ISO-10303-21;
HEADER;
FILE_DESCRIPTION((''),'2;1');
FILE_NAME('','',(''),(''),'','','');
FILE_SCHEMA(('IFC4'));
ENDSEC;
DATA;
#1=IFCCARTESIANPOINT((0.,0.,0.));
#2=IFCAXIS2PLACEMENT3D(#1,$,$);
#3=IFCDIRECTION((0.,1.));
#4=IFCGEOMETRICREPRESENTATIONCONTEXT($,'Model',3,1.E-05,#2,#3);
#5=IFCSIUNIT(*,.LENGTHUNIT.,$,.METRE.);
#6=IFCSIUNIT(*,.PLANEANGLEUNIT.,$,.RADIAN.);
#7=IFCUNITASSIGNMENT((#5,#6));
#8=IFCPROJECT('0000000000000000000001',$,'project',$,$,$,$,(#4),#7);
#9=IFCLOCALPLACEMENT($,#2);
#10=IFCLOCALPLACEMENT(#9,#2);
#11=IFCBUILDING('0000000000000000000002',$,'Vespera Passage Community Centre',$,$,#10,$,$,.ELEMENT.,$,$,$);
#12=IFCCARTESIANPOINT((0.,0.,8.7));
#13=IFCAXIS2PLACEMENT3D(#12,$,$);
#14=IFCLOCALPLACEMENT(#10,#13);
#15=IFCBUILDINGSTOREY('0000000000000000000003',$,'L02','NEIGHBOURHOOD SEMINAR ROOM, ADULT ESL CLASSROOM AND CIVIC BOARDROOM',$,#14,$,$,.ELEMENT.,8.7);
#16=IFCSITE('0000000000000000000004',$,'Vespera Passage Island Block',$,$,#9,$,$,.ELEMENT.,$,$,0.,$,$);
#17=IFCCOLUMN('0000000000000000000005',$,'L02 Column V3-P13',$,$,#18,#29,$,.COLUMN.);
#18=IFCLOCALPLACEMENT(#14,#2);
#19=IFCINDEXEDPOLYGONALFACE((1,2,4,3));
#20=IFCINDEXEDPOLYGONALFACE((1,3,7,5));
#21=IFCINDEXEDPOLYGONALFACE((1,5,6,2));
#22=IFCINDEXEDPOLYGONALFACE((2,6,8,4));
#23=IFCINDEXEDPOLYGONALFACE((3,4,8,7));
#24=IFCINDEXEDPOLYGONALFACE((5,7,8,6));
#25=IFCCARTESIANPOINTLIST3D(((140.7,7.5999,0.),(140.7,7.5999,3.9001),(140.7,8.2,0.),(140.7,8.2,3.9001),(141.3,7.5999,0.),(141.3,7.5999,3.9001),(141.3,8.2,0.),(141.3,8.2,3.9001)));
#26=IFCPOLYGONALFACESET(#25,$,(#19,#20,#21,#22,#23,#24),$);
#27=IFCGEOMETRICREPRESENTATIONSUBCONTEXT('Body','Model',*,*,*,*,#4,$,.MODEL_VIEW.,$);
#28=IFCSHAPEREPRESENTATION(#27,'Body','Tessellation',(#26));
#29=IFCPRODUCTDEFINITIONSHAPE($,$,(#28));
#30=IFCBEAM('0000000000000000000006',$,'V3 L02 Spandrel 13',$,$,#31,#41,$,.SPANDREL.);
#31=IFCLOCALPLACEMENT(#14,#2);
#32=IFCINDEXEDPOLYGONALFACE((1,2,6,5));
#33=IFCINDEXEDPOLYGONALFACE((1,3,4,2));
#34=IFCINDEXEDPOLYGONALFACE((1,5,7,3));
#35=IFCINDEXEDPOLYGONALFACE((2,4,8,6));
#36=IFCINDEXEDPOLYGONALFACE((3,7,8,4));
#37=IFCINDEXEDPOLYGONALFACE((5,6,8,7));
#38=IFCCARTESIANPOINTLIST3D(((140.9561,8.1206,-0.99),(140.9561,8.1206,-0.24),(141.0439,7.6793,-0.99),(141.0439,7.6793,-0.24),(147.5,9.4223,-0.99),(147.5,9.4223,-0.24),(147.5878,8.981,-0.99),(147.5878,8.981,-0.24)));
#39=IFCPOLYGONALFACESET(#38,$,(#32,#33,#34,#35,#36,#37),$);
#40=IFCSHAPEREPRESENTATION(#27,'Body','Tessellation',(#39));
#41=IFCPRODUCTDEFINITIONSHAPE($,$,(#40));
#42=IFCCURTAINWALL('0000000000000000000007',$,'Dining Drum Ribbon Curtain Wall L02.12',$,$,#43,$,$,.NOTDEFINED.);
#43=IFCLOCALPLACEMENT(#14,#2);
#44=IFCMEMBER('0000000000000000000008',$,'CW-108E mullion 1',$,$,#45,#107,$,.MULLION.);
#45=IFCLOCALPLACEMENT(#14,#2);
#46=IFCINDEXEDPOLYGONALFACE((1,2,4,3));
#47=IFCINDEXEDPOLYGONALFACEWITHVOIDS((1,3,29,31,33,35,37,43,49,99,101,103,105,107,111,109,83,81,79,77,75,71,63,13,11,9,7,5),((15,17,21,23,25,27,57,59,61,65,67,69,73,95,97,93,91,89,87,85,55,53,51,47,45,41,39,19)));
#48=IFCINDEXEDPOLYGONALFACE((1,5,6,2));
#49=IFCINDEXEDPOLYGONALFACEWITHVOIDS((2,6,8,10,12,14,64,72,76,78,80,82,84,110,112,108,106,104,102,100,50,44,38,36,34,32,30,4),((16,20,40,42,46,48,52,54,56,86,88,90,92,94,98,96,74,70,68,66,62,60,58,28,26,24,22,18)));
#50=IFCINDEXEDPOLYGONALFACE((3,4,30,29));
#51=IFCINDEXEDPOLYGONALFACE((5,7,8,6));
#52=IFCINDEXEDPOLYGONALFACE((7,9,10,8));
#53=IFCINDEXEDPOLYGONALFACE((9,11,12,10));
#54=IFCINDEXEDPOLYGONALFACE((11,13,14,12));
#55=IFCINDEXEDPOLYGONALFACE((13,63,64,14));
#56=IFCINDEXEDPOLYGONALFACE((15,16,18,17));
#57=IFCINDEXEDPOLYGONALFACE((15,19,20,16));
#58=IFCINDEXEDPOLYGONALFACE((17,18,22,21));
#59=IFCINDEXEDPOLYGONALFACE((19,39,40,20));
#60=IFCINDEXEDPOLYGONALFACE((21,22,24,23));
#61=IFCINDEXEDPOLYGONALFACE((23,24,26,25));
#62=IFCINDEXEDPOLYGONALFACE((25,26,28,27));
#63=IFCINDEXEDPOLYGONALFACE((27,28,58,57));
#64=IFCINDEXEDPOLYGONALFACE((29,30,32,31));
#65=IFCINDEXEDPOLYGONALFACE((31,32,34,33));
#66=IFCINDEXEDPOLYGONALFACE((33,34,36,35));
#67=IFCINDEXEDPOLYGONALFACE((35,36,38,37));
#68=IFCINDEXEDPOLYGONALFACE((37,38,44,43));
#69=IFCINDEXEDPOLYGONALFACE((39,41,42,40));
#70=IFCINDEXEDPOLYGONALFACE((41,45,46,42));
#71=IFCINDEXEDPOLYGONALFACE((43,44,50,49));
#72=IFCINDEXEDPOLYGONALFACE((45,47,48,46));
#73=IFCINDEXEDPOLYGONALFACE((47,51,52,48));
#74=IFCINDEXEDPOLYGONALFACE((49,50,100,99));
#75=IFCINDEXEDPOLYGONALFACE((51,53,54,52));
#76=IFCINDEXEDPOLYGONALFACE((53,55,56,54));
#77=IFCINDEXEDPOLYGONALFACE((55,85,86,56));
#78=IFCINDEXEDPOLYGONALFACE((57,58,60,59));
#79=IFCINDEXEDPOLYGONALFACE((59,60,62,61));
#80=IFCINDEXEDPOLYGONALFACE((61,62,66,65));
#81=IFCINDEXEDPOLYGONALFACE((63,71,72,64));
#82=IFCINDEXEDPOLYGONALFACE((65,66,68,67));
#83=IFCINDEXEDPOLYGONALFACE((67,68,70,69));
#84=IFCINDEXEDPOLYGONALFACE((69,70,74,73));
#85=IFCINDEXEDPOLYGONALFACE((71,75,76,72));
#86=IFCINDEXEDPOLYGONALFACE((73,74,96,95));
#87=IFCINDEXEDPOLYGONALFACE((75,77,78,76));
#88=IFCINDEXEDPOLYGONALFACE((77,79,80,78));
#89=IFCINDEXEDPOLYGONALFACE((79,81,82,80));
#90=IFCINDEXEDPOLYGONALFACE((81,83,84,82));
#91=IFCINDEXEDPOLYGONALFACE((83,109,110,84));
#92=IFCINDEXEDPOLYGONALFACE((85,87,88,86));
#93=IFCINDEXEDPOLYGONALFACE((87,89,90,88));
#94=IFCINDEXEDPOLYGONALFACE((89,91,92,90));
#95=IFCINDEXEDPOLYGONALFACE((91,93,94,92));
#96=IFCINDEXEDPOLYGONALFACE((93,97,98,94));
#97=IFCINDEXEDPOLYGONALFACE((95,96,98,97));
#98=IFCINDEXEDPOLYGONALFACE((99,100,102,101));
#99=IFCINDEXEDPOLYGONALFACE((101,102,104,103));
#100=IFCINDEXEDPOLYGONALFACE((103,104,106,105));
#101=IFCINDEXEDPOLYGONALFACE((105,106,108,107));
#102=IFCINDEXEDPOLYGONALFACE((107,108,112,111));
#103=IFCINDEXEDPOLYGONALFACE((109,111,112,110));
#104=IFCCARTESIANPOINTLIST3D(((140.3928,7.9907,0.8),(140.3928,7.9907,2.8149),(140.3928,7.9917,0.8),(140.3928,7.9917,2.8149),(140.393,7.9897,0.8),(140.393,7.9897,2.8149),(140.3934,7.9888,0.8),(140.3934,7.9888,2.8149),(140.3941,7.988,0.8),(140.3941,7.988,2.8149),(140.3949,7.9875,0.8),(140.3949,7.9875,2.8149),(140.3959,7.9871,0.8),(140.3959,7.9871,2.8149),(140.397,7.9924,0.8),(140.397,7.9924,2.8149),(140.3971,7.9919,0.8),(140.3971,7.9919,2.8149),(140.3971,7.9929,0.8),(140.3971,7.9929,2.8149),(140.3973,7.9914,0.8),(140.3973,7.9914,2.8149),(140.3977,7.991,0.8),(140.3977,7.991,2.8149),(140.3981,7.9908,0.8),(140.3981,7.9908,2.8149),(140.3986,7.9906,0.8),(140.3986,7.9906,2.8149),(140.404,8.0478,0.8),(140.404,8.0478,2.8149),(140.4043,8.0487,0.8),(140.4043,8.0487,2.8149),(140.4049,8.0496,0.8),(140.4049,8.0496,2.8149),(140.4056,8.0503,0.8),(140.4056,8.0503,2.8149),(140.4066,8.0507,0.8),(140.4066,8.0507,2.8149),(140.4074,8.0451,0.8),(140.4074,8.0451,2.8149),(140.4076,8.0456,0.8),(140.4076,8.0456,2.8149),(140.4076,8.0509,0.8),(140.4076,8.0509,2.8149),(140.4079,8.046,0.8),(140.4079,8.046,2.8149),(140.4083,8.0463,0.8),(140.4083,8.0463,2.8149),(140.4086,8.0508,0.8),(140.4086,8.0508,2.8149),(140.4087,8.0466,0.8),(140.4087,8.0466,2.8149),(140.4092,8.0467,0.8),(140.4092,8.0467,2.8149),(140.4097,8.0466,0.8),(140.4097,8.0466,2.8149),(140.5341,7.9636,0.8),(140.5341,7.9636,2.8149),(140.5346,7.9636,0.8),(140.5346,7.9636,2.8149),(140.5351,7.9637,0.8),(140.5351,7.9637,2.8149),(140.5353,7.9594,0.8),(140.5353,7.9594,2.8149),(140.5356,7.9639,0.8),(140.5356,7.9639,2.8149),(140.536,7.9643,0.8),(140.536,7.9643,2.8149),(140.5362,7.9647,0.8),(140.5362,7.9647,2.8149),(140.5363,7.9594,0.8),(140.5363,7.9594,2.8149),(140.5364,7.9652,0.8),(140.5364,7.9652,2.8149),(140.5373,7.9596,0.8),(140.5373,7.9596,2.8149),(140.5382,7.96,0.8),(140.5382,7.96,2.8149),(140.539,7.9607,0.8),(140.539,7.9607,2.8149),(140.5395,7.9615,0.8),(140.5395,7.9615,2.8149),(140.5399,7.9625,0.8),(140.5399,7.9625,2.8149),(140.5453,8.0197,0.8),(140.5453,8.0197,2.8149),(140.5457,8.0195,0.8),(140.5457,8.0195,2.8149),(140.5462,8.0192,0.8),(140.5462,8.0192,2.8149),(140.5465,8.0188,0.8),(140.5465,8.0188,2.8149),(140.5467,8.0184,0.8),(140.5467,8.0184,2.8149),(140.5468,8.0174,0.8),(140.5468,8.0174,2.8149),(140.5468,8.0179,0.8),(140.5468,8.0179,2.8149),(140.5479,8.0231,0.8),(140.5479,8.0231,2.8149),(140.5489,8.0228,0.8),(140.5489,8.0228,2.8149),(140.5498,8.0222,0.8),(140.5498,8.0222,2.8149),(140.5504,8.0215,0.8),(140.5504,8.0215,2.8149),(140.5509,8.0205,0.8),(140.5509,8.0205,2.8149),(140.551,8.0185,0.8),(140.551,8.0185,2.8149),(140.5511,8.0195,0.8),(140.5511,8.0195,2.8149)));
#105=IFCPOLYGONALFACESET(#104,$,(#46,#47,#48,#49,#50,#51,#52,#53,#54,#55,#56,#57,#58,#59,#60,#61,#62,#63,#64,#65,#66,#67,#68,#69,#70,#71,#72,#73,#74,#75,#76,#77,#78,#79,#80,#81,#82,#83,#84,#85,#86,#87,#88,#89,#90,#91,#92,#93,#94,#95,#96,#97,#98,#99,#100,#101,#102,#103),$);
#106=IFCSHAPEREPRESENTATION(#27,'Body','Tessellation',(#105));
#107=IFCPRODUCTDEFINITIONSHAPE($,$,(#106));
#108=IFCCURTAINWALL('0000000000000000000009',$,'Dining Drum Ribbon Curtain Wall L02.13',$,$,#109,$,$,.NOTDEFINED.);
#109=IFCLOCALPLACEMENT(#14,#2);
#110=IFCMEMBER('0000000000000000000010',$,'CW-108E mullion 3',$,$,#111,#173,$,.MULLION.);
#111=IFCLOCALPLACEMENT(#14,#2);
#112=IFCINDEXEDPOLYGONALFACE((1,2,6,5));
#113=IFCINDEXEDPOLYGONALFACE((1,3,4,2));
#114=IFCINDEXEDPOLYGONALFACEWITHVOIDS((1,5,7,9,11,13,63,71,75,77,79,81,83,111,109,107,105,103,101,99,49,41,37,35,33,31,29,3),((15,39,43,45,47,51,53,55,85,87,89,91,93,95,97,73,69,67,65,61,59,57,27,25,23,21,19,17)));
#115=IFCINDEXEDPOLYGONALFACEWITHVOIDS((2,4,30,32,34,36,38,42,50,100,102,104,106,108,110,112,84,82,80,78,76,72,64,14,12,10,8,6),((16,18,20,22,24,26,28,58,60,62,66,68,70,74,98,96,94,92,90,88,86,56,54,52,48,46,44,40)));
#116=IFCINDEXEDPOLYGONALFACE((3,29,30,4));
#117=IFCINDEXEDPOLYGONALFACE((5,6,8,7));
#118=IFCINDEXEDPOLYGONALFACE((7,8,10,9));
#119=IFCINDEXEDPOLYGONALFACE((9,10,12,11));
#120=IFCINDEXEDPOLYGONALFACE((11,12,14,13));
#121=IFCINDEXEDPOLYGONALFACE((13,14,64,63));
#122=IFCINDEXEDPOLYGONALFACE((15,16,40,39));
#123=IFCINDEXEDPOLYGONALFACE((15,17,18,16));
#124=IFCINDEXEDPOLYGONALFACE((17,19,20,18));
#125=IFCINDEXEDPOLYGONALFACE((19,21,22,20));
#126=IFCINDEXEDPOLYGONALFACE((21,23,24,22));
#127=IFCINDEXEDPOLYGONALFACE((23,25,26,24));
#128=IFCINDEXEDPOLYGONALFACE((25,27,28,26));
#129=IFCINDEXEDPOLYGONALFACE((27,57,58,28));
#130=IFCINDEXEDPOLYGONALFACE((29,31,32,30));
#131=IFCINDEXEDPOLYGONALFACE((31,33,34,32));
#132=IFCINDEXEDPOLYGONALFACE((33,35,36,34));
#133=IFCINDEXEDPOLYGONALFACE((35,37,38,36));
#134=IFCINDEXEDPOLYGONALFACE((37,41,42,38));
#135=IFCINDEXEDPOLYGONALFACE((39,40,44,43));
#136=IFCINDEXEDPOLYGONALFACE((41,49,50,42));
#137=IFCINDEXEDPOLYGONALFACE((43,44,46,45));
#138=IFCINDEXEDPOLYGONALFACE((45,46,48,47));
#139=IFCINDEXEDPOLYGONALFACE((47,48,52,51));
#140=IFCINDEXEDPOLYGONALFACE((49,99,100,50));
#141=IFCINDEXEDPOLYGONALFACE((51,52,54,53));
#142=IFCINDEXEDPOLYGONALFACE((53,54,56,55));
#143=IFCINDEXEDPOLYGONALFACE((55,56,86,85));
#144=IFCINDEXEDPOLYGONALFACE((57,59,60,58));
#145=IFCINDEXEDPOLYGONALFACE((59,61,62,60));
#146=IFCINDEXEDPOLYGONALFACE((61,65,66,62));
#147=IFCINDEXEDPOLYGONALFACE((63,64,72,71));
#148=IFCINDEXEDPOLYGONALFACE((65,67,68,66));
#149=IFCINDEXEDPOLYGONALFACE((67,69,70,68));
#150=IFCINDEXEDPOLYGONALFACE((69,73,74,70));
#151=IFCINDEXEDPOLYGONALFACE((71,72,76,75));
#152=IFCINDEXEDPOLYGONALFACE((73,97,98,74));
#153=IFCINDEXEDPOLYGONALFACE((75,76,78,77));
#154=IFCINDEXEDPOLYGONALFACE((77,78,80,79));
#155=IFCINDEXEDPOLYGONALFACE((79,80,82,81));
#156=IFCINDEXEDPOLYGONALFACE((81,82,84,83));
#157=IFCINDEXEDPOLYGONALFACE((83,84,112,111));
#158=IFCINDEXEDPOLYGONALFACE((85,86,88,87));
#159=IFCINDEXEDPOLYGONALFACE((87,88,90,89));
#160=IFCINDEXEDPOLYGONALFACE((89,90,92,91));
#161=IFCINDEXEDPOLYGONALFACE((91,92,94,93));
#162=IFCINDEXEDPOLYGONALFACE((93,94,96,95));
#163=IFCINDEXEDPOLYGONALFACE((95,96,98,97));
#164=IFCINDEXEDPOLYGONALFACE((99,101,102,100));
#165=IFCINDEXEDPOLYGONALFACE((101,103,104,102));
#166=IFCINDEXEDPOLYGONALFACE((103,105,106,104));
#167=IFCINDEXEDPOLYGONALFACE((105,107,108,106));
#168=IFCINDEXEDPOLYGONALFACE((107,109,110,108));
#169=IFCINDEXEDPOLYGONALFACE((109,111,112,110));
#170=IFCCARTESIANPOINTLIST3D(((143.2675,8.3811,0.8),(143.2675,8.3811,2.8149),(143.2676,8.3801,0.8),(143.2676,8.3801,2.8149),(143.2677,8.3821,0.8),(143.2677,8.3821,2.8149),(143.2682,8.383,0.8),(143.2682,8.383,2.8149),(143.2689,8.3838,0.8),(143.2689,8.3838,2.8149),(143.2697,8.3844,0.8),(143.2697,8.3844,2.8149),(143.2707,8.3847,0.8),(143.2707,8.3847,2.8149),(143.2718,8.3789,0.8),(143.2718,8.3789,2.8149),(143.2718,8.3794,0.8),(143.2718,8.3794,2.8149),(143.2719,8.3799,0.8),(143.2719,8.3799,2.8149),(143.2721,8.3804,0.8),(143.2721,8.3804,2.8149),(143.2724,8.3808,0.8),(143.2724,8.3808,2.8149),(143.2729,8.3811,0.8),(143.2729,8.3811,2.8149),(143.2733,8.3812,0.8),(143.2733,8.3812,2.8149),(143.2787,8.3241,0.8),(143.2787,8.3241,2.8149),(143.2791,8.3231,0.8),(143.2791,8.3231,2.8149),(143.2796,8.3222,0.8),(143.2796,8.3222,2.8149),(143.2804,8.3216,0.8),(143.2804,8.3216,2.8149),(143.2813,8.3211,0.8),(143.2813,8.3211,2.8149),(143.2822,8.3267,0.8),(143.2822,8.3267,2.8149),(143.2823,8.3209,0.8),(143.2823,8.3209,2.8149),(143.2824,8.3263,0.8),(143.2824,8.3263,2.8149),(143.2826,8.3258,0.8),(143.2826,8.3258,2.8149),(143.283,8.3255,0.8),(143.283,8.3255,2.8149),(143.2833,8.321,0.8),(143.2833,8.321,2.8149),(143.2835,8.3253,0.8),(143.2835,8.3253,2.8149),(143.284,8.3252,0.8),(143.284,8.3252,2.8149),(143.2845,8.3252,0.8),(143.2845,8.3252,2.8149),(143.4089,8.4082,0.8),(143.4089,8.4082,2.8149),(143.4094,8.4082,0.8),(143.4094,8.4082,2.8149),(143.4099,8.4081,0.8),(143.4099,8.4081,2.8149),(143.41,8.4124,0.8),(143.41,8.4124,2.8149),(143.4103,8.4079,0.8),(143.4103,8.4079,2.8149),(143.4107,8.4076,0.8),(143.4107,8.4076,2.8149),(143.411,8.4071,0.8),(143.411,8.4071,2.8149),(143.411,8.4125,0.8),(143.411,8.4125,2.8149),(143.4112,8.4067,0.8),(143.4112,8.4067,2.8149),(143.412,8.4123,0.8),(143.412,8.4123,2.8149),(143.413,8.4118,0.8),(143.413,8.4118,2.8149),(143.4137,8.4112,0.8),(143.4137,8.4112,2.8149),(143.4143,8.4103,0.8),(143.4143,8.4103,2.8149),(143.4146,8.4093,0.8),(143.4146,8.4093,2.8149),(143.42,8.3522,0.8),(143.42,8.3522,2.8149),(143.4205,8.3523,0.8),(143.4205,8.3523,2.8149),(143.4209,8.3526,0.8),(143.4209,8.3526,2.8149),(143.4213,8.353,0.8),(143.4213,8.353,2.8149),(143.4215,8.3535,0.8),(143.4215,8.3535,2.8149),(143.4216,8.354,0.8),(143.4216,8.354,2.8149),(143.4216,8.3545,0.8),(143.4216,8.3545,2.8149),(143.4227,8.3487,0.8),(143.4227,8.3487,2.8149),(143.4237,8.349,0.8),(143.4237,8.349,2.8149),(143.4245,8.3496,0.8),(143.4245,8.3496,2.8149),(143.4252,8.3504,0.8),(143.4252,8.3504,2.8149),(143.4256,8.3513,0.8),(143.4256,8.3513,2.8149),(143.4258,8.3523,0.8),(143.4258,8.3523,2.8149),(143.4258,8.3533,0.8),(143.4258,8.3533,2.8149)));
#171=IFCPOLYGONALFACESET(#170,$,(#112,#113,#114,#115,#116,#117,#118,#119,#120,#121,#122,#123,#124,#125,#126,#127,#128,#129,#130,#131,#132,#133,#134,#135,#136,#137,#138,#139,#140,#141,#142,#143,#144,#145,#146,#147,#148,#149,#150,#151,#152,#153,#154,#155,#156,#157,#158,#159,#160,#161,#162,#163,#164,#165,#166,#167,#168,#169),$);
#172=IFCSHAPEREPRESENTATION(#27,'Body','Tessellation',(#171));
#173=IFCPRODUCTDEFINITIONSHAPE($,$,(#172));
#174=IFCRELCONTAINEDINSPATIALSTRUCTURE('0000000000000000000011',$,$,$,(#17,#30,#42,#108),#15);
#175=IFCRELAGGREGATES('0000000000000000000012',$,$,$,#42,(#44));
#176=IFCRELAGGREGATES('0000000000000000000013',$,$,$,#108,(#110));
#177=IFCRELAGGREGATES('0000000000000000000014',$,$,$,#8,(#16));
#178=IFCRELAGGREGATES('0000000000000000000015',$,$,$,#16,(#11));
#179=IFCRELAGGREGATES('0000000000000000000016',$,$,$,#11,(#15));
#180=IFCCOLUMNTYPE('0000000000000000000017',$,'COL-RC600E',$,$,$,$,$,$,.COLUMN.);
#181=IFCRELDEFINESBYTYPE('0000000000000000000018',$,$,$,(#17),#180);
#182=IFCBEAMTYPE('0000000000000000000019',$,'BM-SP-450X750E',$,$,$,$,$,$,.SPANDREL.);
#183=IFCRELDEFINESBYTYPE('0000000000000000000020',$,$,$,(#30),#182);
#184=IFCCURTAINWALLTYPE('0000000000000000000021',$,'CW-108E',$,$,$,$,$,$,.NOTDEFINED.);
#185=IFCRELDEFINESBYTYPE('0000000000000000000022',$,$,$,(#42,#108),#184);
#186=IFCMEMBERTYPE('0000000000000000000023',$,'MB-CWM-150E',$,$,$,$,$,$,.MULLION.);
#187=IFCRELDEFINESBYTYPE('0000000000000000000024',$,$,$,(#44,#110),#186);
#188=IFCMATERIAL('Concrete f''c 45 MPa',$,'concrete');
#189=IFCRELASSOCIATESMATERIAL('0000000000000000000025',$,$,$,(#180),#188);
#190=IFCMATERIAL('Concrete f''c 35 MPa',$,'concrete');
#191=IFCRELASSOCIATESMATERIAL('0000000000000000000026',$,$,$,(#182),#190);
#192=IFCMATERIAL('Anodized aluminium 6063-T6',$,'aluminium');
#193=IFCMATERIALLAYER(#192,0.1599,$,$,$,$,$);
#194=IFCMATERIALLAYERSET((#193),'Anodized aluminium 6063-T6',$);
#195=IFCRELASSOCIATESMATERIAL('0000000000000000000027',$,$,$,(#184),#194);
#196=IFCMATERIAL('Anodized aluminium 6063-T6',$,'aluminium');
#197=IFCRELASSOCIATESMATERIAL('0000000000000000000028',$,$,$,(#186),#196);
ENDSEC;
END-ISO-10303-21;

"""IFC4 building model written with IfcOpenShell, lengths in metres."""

from ifc_helpers import new_model, si_unit, direction, frame, origin, origin_2d, place, context, subcontext, project, spatial, rectangle, hollow_rectangle, extrude, material, layer, layer_set, material_profile, profile_set, type_object, element, aggregate, save


model = new_model("IFC4")

# Units and contexts
model_context = context("Model", 3, precision=1e-05, world=origin(), true_north=direction((0.0, 1.0)))
body_context = subcontext(model_context, "Body", "Model", "MODEL_VIEW")
ifc_project = project(units=[si_unit("LENGTHUNIT", "METRE"), si_unit("PLANEANGLEUNIT", "RADIAN")], contexts=[model_context])

# Site, building, storey
site_placement = place(None, origin())
site = spatial("IfcSite", under=ifc_project, at=site_placement, Name="Vespera Passage Island Block", CompositionType="ELEMENT", RefElevation=0.0)
building_placement = place(site_placement, origin())
building = spatial("IfcBuilding", under=site, at=building_placement, Name="Vespera Passage Community Centre", CompositionType="ELEMENT")
storey_placement = place(building_placement, frame((0.0, 0.0, 8.7)))
storey = spatial("IfcBuildingStorey", under=building, at=storey_placement, Name="L02", Description="NEIGHBOURHOOD SEMINAR ROOM, ADULT ESL CLASSROOM AND CIVIC BOARDROOM", CompositionType="ELEMENT", Elevation=8.7)

# Column
ifc_material_1 = material(Name="Concrete f'c 45 MPa", Category="concrete")
ifc_material_profile_1 = material_profile(ifc_material_1, rectangle(XDim=0.6001, YDim=0.6001, at=origin_2d()), Name="RC600X600")
ifc_profile_set_1 = profile_set([ifc_material_profile_1], Name="Concrete f'c 45 MPa")
column_type = type_object("IfcColumnType", Name="COL-RC600E", PredefinedType="COLUMN", material=ifc_profile_set_1)
column_placement = place(storey_placement, frame((141.0, 7.8999, 0.0), z_axis=(0.0, 0.0, 1.0), x_axis=(1.0, 0.0, 0.0)))
element("IfcColumn", 1, at=column_placement, inside=storey, type_object=column_type, Name="L02 Column V3-P13", PredefinedType="COLUMN", context=body_context, shape_type="SweptSolid", body=[
    extrude(rectangle(XDim=0.6001, YDim=0.6001, at=origin_2d()), origin(), (0.0, 0.0, 1.0), 3.9001),
])

# Beam
ifc_material_2 = material(Name="Concrete f'c 35 MPa", Category="concrete")
ifc_material_profile_2 = material_profile(ifc_material_2, rectangle(XDim=0.45, YDim=0.75, at=origin_2d()), Name="RC450X750")
ifc_profile_set_2 = profile_set([ifc_material_profile_2], Name="Concrete f'c 35 MPa")
beam_type = type_object("IfcBeamType", Name="BM-SP-450X750E", PredefinedType="SPANDREL", material=ifc_profile_set_2)
beam_placement = place(storey_placement, frame((141.0, 7.8999, -0.615), z_axis=(0.980783, 0.195103, 0.0), x_axis=(-0.195103, 0.980783, 0.0)))
element("IfcBeam", 2, at=beam_placement, inside=storey, type_object=beam_type, Name="V3 L02 Spandrel 13", PredefinedType="SPANDREL", context=body_context, shape_type="SweptSolid", body=[
    extrude(rectangle(XDim=0.45, YDim=0.75, at=origin_2d()), origin(), (0.0, 0.0, 1.0), 6.6721),
])

# Curtain wall, member
ifc_material_3 = material(Name="Anodized aluminium 6063-T6", Category="aluminium")
ifc_layer_1 = layer(ifc_material_3, 0.1599)
ifc_layer_set_1 = layer_set([ifc_layer_1], Name="Anodized aluminium 6063-T6")
curtain_wall_type_1 = type_object("IfcCurtainWallType", Name="CW-108E", PredefinedType="NOTDEFINED", material=ifc_layer_set_1)
curtain_wall_1_placement = place(storey_placement, origin())
curtain_wall_1 = element("IfcCurtainWall", 3, at=curtain_wall_1_placement, inside=storey, type_object=curtain_wall_type_1, Name="Dining Drum Ribbon Curtain Wall L02.12", PredefinedType="NOTDEFINED")
ifc_material_4 = material(Name="Anodized aluminium 6063-T6", Category="aluminium")
ifc_material_profile_3 = material_profile(ifc_material_4, hollow_rectangle(XDim=0.0649, YDim=0.1499, WallThickness=0.0039, InnerFilletRadius=0.002, OuterFilletRadius=0.0039, at=origin_2d()), Name="ALU150X65X4")
ifc_profile_set_3 = profile_set([ifc_material_profile_3], Name="Anodized aluminium 6063-T6")
member_type_1 = type_object("IfcMemberType", Name="MB-CWM-150E", PredefinedType="MULLION", material=ifc_profile_set_3)
member_1_placement = place(storey_placement, frame((140.4719, 8.0051, 0.8), z_axis=(0.0, 0.0, 1.0), x_axis=(-0.195097, -0.980784, 0.0)))
member_1 = element("IfcMember", 4, at=member_1_placement, type_object=member_type_1, Name="CW-108E mullion 1", PredefinedType="MULLION", context=body_context, shape_type="SweptSolid", body=[
    extrude(hollow_rectangle(XDim=0.0649, YDim=0.1499, WallThickness=0.0039, InnerFilletRadius=0.002, OuterFilletRadius=0.0039, at=origin_2d()), origin(), (0.0, 0.0, 1.0), 2.0149),
])

# Curtain wall, member
curtain_wall_2_placement = place(storey_placement, origin())
curtain_wall_2 = element("IfcCurtainWall", 5, at=curtain_wall_2_placement, inside=storey, type_object=curtain_wall_type_1, Name="Dining Drum Ribbon Curtain Wall L02.13", PredefinedType="NOTDEFINED")
member_2_placement = place(storey_placement, frame((143.3467, 8.3667, 0.8), z_axis=(0.0, 0.0, 1.0), x_axis=(0.195097, -0.980784, 0.0)))
member_2 = element("IfcMember", 6, at=member_2_placement, type_object=member_type_1, Name="CW-108E mullion 3", PredefinedType="MULLION", context=body_context, shape_type="SweptSolid", body=[
    extrude(hollow_rectangle(XDim=0.0649, YDim=0.1499, WallThickness=0.0039, InnerFilletRadius=0.002, OuterFilletRadius=0.0039, at=origin_2d()), origin(), (0.0, 0.0, 1.0), 2.0149),
])

aggregate(curtain_wall_1, [member_1])
aggregate(curtain_wall_2, [member_2])

save(model, "model.ifc")
